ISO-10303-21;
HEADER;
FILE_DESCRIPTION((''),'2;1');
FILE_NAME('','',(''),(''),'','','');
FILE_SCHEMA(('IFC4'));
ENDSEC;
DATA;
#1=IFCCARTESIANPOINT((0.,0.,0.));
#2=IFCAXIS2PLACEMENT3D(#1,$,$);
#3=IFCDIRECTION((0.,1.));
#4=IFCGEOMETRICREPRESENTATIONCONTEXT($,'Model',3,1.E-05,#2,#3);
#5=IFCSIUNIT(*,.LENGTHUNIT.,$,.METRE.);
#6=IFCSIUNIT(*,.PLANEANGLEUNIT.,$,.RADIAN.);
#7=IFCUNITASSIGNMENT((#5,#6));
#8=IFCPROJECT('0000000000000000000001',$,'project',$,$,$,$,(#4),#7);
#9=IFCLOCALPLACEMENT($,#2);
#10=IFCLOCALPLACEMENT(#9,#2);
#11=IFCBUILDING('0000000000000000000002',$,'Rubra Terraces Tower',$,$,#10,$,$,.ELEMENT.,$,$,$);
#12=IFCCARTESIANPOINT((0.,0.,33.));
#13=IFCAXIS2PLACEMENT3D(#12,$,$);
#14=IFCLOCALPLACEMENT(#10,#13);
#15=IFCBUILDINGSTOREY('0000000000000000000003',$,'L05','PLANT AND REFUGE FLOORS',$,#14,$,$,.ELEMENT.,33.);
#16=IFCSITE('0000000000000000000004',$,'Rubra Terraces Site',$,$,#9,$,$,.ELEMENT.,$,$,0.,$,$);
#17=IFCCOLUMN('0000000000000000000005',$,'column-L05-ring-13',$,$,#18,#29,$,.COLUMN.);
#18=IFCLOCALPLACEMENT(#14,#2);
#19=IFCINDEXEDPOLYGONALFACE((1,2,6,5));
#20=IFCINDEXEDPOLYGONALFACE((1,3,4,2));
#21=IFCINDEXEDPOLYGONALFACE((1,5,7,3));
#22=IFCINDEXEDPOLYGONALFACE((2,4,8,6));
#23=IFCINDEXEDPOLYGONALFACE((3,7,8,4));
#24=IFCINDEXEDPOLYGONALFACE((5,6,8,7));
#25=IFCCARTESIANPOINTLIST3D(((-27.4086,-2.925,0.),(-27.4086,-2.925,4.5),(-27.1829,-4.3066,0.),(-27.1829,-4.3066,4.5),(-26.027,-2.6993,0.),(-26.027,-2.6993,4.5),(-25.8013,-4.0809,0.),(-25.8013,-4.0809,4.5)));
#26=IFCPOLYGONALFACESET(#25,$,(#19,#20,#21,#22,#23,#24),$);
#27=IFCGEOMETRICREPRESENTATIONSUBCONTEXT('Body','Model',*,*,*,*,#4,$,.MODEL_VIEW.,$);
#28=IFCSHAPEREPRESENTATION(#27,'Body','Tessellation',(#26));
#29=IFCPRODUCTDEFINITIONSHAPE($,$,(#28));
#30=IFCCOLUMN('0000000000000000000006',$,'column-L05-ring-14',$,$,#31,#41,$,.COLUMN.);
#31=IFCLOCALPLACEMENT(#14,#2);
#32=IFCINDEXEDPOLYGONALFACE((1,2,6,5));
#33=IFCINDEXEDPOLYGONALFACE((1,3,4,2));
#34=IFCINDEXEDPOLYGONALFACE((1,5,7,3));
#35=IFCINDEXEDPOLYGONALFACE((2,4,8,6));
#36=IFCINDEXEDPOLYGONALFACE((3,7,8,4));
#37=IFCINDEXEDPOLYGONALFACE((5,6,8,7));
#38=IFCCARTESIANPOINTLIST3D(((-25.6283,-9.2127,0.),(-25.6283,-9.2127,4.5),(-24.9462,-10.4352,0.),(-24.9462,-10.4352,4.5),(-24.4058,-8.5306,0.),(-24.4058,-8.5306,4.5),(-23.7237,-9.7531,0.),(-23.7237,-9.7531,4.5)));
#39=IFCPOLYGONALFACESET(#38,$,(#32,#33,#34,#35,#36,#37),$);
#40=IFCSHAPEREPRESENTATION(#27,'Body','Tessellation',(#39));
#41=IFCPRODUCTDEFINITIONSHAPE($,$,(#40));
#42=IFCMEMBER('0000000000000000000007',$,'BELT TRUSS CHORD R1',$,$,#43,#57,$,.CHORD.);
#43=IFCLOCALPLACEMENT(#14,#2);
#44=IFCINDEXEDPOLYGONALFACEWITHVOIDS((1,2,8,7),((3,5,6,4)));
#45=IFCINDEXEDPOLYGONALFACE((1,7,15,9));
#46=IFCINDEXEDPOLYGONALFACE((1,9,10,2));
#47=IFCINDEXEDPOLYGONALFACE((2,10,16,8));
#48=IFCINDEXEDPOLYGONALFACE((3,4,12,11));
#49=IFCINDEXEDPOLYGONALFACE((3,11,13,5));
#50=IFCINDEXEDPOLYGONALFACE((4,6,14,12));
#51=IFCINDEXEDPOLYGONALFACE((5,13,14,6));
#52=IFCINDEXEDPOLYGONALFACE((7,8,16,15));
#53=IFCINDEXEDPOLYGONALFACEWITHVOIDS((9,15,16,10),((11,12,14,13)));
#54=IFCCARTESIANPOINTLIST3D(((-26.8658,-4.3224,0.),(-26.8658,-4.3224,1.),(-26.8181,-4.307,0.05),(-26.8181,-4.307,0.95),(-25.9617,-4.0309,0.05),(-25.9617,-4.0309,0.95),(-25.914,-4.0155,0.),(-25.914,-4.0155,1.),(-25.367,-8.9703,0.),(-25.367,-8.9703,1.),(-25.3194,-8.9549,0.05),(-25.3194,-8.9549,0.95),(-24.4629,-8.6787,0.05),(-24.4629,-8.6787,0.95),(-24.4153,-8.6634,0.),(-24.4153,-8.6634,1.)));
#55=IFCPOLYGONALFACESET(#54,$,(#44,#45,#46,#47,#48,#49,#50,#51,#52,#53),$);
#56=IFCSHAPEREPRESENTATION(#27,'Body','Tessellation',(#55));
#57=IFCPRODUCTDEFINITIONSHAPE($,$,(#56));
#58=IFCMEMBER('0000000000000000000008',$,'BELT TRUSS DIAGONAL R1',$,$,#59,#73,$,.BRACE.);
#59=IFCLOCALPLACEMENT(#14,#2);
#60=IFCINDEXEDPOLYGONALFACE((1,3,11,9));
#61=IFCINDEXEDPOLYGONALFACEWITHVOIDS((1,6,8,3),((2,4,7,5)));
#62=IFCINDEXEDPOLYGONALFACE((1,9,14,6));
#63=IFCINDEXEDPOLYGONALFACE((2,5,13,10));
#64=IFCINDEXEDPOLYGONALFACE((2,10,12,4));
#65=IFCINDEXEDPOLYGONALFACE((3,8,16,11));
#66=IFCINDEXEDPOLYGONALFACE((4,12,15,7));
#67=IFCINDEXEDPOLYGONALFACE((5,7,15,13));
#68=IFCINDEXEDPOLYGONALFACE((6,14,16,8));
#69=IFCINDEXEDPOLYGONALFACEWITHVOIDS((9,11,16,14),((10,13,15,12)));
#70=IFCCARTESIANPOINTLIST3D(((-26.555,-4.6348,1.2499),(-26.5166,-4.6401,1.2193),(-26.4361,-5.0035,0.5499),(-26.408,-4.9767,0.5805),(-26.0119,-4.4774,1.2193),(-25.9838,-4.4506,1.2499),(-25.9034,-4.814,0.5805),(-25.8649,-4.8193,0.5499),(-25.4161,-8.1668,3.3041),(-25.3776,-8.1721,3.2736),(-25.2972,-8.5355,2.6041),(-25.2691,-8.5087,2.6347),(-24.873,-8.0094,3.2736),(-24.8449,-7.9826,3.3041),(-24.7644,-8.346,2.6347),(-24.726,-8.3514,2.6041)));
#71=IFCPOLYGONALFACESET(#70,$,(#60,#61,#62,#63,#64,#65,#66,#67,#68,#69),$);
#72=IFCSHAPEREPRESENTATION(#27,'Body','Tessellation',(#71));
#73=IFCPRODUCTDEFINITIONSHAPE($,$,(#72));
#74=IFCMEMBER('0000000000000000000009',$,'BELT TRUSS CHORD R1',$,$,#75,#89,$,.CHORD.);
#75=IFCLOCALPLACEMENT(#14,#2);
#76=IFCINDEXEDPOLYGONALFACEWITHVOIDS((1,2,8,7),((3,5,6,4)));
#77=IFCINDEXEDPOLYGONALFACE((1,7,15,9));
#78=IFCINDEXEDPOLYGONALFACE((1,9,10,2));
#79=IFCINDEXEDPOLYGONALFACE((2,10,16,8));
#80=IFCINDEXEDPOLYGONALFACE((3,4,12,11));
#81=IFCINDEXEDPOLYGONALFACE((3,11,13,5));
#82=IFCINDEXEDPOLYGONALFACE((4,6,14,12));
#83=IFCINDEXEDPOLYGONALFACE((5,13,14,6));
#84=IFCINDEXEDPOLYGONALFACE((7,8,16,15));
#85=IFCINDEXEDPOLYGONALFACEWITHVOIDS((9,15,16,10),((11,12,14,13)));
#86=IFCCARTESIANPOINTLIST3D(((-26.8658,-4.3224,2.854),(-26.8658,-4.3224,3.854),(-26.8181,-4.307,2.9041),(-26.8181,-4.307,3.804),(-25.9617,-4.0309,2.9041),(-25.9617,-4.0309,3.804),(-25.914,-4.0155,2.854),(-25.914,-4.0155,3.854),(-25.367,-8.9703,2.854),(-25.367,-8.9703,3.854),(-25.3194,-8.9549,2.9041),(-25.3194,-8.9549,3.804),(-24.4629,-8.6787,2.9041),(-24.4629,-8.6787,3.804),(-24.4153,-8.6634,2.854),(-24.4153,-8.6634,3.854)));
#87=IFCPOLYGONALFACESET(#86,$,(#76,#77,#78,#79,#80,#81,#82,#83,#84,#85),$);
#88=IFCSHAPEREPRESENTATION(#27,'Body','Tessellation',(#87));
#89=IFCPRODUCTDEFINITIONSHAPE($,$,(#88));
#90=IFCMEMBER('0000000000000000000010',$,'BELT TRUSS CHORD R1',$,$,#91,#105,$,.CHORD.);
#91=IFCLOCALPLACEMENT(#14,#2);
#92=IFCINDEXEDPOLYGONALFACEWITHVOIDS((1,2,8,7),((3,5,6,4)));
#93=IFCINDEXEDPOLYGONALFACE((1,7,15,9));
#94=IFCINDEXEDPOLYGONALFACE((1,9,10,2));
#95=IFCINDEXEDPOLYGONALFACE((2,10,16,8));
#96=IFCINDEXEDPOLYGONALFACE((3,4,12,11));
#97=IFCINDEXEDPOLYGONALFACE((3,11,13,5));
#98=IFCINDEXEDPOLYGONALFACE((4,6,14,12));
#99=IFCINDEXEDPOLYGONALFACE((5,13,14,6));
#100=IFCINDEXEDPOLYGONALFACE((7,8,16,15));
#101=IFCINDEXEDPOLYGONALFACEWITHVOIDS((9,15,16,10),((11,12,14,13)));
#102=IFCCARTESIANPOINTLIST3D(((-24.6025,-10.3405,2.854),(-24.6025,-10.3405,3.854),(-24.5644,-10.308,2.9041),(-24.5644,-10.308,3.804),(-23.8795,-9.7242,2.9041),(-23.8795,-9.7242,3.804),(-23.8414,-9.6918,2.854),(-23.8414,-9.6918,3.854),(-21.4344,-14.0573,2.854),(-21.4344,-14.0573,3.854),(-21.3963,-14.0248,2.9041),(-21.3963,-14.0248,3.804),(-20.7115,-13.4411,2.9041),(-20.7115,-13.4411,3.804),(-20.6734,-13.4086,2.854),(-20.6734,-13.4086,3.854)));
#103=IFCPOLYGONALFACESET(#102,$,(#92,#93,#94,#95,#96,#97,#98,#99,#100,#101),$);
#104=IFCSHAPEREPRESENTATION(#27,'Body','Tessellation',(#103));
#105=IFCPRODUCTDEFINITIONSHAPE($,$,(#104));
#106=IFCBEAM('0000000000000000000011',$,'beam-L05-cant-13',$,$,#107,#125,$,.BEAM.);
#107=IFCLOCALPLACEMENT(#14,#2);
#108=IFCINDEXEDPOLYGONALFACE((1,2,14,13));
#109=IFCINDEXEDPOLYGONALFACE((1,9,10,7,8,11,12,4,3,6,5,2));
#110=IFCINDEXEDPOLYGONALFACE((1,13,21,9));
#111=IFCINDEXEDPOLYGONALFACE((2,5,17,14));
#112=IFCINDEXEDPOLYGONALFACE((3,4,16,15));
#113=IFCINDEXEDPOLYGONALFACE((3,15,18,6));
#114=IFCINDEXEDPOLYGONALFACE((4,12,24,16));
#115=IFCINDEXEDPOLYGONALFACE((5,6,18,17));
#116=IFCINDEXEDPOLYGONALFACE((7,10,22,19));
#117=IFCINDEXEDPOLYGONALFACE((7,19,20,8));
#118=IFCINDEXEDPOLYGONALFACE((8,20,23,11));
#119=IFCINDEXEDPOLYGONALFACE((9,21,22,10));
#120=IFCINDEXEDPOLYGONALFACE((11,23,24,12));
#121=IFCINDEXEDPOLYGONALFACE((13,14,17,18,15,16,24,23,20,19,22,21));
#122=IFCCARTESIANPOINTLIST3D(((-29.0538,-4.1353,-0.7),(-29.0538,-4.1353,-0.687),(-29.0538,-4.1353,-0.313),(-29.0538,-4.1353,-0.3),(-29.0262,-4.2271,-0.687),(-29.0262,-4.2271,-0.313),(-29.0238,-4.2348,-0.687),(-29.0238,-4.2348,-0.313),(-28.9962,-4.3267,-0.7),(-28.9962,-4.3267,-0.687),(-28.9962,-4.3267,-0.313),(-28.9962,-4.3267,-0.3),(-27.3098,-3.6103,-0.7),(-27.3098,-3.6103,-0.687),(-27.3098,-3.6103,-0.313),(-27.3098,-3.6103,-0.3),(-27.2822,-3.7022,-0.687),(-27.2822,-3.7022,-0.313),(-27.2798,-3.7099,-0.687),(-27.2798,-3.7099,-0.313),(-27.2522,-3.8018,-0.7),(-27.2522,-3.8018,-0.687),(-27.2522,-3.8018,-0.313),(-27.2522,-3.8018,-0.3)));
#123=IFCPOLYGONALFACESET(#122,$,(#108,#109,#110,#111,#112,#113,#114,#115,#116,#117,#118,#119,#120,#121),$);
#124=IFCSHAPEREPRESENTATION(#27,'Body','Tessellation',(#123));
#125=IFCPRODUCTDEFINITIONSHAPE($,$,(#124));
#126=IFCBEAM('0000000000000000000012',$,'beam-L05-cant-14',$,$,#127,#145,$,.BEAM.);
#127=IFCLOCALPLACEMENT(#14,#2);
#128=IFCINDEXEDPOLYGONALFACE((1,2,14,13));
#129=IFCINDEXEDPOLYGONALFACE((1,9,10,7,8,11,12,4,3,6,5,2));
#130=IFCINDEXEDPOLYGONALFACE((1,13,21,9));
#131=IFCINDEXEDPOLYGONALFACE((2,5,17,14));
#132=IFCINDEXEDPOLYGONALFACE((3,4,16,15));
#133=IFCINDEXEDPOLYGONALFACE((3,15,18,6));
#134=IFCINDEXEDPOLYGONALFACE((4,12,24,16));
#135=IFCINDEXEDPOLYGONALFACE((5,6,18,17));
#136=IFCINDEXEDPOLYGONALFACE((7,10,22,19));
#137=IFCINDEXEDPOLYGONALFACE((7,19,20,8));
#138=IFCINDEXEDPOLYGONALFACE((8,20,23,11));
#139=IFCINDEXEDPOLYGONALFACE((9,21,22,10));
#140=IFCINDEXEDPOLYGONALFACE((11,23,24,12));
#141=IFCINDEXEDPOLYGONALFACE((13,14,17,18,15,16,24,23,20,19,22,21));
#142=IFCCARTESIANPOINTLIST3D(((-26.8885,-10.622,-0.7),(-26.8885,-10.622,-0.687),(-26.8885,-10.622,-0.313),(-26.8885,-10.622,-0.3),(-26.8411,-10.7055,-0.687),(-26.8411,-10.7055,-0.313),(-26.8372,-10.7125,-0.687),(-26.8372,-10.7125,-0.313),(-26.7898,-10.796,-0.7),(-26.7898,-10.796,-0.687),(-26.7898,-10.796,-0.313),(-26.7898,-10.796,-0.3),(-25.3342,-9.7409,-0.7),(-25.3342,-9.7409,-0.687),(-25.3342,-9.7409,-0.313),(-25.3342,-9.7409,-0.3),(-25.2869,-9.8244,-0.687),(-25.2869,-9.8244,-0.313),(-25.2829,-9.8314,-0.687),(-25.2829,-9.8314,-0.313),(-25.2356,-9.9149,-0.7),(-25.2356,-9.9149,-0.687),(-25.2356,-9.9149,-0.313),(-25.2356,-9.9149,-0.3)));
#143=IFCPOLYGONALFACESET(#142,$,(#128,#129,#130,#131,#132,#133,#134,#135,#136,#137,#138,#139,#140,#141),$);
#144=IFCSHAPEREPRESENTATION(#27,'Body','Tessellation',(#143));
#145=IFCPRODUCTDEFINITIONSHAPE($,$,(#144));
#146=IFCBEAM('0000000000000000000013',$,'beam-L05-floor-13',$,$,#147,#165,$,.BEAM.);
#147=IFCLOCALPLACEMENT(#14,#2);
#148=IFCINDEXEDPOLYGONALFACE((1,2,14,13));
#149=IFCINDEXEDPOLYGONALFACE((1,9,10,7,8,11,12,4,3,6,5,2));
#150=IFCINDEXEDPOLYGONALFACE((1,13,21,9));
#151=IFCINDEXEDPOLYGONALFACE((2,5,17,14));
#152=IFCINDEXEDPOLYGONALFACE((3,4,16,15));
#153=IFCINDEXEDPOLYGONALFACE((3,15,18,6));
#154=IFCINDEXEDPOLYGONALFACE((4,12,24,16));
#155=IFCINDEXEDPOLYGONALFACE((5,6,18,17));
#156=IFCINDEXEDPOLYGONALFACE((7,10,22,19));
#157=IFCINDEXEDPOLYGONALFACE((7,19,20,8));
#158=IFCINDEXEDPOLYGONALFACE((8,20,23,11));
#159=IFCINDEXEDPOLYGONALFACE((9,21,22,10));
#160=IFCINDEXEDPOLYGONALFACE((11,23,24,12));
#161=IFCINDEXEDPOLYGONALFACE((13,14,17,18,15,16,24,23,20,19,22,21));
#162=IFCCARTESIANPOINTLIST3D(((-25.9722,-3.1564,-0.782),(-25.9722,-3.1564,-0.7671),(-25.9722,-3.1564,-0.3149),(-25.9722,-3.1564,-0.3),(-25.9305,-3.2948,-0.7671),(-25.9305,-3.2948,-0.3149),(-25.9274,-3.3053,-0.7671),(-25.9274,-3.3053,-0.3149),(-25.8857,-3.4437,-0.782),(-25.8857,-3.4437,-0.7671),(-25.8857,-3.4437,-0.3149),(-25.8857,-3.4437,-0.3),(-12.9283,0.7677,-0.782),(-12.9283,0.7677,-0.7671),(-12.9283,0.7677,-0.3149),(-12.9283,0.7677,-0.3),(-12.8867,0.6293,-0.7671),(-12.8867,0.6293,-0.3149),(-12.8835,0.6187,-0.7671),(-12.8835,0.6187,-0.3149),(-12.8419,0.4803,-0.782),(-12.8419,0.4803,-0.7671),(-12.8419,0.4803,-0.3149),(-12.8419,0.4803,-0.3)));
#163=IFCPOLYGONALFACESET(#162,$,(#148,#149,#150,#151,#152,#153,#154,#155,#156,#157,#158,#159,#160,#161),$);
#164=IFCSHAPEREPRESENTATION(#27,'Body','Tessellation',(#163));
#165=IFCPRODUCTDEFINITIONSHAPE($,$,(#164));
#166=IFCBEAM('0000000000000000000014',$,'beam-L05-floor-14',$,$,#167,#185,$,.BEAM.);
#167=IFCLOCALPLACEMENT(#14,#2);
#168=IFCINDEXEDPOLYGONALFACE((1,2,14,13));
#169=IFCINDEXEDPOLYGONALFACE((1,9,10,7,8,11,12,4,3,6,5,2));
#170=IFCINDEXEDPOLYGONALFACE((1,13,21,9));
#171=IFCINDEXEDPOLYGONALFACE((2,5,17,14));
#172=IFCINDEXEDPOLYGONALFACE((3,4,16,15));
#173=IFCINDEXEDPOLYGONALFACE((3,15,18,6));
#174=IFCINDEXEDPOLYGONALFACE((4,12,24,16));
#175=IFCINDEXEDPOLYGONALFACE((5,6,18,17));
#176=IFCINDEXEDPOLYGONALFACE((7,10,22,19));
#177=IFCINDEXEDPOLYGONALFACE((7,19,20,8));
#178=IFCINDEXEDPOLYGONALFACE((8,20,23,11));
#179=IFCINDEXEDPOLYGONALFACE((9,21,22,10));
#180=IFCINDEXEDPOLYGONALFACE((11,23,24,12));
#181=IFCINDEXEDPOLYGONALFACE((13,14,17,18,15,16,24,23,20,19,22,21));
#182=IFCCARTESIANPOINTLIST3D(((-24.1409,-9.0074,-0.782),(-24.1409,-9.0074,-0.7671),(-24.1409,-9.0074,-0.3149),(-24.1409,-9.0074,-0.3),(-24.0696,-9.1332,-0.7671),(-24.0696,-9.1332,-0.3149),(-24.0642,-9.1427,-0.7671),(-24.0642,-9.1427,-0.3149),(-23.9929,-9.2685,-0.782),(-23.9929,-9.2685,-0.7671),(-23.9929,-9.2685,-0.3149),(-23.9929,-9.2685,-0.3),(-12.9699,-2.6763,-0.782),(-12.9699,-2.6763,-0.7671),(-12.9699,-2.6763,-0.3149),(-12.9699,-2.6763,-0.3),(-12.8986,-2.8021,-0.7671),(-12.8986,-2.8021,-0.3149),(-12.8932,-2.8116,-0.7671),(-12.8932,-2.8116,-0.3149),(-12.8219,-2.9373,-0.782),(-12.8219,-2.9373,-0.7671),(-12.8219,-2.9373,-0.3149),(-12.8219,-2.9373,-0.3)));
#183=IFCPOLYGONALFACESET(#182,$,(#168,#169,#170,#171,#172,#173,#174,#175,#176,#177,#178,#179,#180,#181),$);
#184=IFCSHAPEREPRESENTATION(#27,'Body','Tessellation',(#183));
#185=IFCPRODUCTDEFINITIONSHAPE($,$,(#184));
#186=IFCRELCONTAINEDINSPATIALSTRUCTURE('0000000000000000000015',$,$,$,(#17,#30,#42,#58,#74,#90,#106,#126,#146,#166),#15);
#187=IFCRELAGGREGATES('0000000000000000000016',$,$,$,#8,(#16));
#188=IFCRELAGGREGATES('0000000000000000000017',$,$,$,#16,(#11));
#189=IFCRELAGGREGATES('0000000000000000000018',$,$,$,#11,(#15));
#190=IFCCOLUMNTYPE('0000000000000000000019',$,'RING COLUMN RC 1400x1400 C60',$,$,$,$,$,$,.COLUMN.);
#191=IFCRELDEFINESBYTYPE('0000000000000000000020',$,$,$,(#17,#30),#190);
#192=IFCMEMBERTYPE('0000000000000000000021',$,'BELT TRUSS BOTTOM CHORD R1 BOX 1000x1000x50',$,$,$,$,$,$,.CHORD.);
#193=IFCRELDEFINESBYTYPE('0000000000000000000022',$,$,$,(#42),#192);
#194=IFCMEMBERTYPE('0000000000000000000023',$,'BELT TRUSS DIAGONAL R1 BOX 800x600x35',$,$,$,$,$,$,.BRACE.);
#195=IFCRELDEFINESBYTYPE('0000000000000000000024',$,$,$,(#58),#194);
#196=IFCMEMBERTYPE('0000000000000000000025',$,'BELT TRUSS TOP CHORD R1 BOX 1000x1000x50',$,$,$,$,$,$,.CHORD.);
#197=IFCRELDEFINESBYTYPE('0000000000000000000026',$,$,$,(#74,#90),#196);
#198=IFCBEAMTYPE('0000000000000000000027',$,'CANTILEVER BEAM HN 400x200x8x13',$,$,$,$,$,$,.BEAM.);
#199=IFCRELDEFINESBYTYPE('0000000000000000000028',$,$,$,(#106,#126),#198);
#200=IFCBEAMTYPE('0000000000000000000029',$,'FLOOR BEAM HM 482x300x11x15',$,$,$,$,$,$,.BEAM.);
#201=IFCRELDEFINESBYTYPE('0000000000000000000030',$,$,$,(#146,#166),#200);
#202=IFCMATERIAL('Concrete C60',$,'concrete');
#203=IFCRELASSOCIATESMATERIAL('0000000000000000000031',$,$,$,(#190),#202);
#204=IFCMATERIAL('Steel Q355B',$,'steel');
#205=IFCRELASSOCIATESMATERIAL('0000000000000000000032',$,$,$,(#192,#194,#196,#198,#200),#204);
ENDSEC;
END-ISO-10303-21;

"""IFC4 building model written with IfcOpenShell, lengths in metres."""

from ifc_helpers import new_model, si_unit, direction, frame, origin, origin_2d, place, context, subcontext, project, spatial, rectangle, hollow_rectangle, i_section, extrude, material, material_profile, profile_set, type_object, element, save


model = new_model("IFC4")

# Units and contexts
model_context = context("Model", 3, precision=1e-05, world=origin(), true_north=direction((0.0, 1.0)))
body_context = subcontext(model_context, "Body", "Model", "MODEL_VIEW")
ifc_project = project(units=[si_unit("LENGTHUNIT", "METRE"), si_unit("PLANEANGLEUNIT", "RADIAN")], contexts=[model_context])

# Site, building, storey
site_placement = place(None, origin())
site = spatial("IfcSite", under=ifc_project, at=site_placement, Name="Rubra Terraces Site", CompositionType="ELEMENT", RefElevation=0.0)
building_placement = place(site_placement, origin())
building = spatial("IfcBuilding", under=site, at=building_placement, Name="Rubra Terraces Tower", CompositionType="ELEMENT")
storey_placement = place(building_placement, frame((0.0, 0.0, 33.0)))
storey = spatial("IfcBuildingStorey", under=building, at=storey_placement, Name="L05", Description="PLANT AND REFUGE FLOORS", CompositionType="ELEMENT", Elevation=33.0)

# Columns
ifc_material_1 = material(Name="Concrete C60", Category="concrete")
ifc_material_profile_1 = material_profile(ifc_material_1, rectangle(XDim=1.3999, YDim=1.3999, at=origin_2d()), Name="RC 1400x1400")
ifc_profile_set_1 = profile_set([ifc_material_profile_1], Name="Concrete C60")
column_type = type_object("IfcColumnType", Name="RING COLUMN RC 1400x1400 C60", PredefinedType="COLUMN", material=ifc_profile_set_1)
for number, where, z_axis, x_axis, name in (
    (1, (-26.605, -3.5029, 0.0), (0.0, 0.0, 1.0), (0.161234, -0.986916, 0.0), "column-L05-ring-13"),
    (2, (-24.676, -9.4829, 0.0), (0.0, 0.0, 1.0), (0.487227, -0.873276, 0.0), "column-L05-ring-14"),
):
    element("IfcColumn", number, at=place(storey_placement, frame(where, z_axis=z_axis, x_axis=x_axis)), inside=storey, type_object=column_type, Name=name, PredefinedType="COLUMN", context=body_context, shape_type="SweptSolid", body=[
        extrude(rectangle(XDim=1.3999, YDim=1.3999, at=origin_2d()), origin(), (0.0, 0.0, 1.0), 4.5),
    ])

# Members
ifc_material_2 = material(Name="Steel Q355B", Category="steel")
ifc_material_profile_2 = material_profile(ifc_material_2, hollow_rectangle(XDim=1.0, YDim=1.0, WallThickness=0.05, at=origin_2d()), Name="BOX 1000x1000x50")
ifc_profile_set_2 = profile_set([ifc_material_profile_2], Name="Steel Q355B")
member_type_1 = type_object("IfcMemberType", Name="BELT TRUSS BOTTOM CHORD R1 BOX 1000x1000x50", PredefinedType="CHORD", material=ifc_profile_set_2)
member_1_placement = place(storey_placement, frame((-26.3899, -4.1689, 0.5), z_axis=(0.306899, -0.951742, 0.0), x_axis=(0.951742, 0.306899, 0.0)))
element("IfcMember", 3, at=member_1_placement, inside=storey, type_object=member_type_1, Name="BELT TRUSS CHORD R1", PredefinedType="CHORD", context=body_context, shape_type="SweptSolid", body=[
    extrude(hollow_rectangle(XDim=1.0, YDim=1.0, WallThickness=0.05, at=origin_2d()), origin(), (0.0, 0.0, 1.0), 4.8835),
])
ifc_material_profile_3 = material_profile(ifc_material_2, hollow_rectangle(XDim=0.6001, YDim=0.8, WallThickness=0.0349, at=origin_2d()), Name="BOX 800x600x35")
ifc_profile_set_3 = profile_set([ifc_material_profile_3], Name="Steel Q355B")
member_type_2 = type_object("IfcMemberType", Name="BELT TRUSS DIAGONAL R1 BOX 800x600x35", PredefinedType="BRACE", material=ifc_profile_set_3)
member_2_placement = place(storey_placement, frame((-26.21, -4.7271, 0.8999), z_axis=(0.268507, -0.832687, 0.48429), x_axis=(0.951743, 0.306897, 0.0)))
element("IfcMember", 4, at=member_2_placement, inside=storey, type_object=member_type_2, Name="BELT TRUSS DIAGONAL R1", PredefinedType="BRACE", context=body_context, shape_type="SweptSolid", body=[
    extrude(hollow_rectangle(XDim=0.6001, YDim=0.8, WallThickness=0.0349, at=origin_2d()), origin(), (0.0, 0.0, 1.0), 4.2417),
])
ifc_material_profile_4 = material_profile(ifc_material_2, hollow_rectangle(XDim=1.0, YDim=1.0, WallThickness=0.05, at=origin_2d()), Name="BOX 1000x1000x50")
ifc_profile_set_4 = profile_set([ifc_material_profile_4], Name="Steel Q355B")
member_type_3 = type_object("IfcMemberType", Name="BELT TRUSS TOP CHORD R1 BOX 1000x1000x50", PredefinedType="CHORD", material=ifc_profile_set_4)
member_3_placement = place(storey_placement, frame((-26.3899, -4.1689, 3.354), z_axis=(0.306899, -0.951742, 0.0), x_axis=(0.951742, 0.306899, 0.0)))
element("IfcMember", 5, at=member_3_placement, inside=storey, type_object=member_type_3, Name="BELT TRUSS CHORD R1", PredefinedType="CHORD", context=body_context, shape_type="SweptSolid", body=[
    extrude(hollow_rectangle(XDim=1.0, YDim=1.0, WallThickness=0.05, at=origin_2d()), origin(), (0.0, 0.0, 1.0), 4.8835),
])
member_4_placement = place(storey_placement, frame((-24.2219, -10.0161, 3.354), z_axis=(0.648681, -0.76106, 0.0), x_axis=(0.76106, 0.648681, 0.0)))
element("IfcMember", 6, at=member_4_placement, inside=storey, type_object=member_type_3, Name="BELT TRUSS CHORD R1", PredefinedType="CHORD", context=body_context, shape_type="SweptSolid", body=[
    extrude(hollow_rectangle(XDim=1.0, YDim=1.0, WallThickness=0.05, at=origin_2d()), origin(), (0.0, 0.0, 1.0), 4.8838),
])

# Beams
ifc_material_profile_5 = material_profile(ifc_material_2, i_section(OverallWidth=0.2, OverallDepth=0.3999, WebThickness=0.0081, FlangeThickness=0.0129, at=origin_2d()), Name="HN 400x200x8x13")
ifc_profile_set_5 = profile_set([ifc_material_profile_5], Name="Steel Q355B")
beam_type_1 = type_object("IfcBeamType", Name="CANTILEVER BEAM HN 400x200x8x13", PredefinedType="BEAM", material=ifc_profile_set_5)
beam_1_placement = place(storey_placement, frame((-27.281, -3.7061, -0.5), z_axis=(-0.957564, -0.288221, 0.0), x_axis=(0.288221, -0.957564, 0.0)))
element("IfcBeam", 7, at=beam_1_placement, inside=storey, type_object=beam_type_1, Name="beam-L05-cant-13", PredefinedType="BEAM", context=body_context, shape_type="SweptSolid", body=[
    extrude(i_section(OverallWidth=0.2, OverallDepth=0.3999, WebThickness=0.0081, FlangeThickness=0.0129, at=origin_2d()), origin(), (0.0, 0.0, 1.0), 1.8213),
])
beam_2_placement = place(storey_placement, frame((-25.2849, -9.8279, -0.5), z_axis=(-0.869928, -0.493178, 0.0), x_axis=(0.493178, -0.869928, 0.0)))
element("IfcBeam", 8, at=beam_2_placement, inside=storey, type_object=beam_type_1, Name="beam-L05-cant-14", PredefinedType="BEAM", context=body_context, shape_type="SweptSolid", body=[
    extrude(i_section(OverallWidth=0.2, OverallDepth=0.3999, WebThickness=0.0081, FlangeThickness=0.0129, at=origin_2d()), origin(), (0.0, 0.0, 1.0), 1.7866),
])
ifc_material_profile_6 = material_profile(ifc_material_2, i_section(OverallWidth=0.3, OverallDepth=0.4819, WebThickness=0.011, FlangeThickness=0.0149, at=origin_2d()), Name="HM 482x300x11x15")
ifc_profile_set_6 = profile_set([ifc_material_profile_6], Name="Steel Q355B")
beam_type_2 = type_object("IfcBeamType", Name="FLOOR BEAM HM 482x300x11x15", PredefinedType="BEAM", material=ifc_profile_set_6)
beam_3_placement = place(storey_placement, frame((-25.929, -3.3, -0.541), z_axis=(0.957606, 0.288081, 0.0), x_axis=(-0.288081, 0.957606, 0.0)))
element("IfcBeam", 9, at=beam_3_placement, inside=storey, type_object=beam_type_2, Name="beam-L05-floor-13", PredefinedType="BEAM", context=body_context, shape_type="SweptSolid", body=[
    extrude(i_section(OverallWidth=0.3, OverallDepth=0.4819, WebThickness=0.011, FlangeThickness=0.0149, at=origin_2d()), origin(), (0.0, 0.0, 1.0), 13.6213),
])
beam_4_placement = place(storey_placement, frame((-24.0669, -9.1379, -0.541), z_axis=(0.869993, 0.493064, 0.0), x_axis=(-0.493064, 0.869993, 0.0)))
element("IfcBeam", 10, at=beam_4_placement, inside=storey, type_object=beam_type_2, Name="beam-L05-floor-14", PredefinedType="BEAM", context=body_context, shape_type="SweptSolid", body=[
    extrude(i_section(OverallWidth=0.3, OverallDepth=0.4819, WebThickness=0.011, FlangeThickness=0.0149, at=origin_2d()), origin(), (0.0, 0.0, 1.0), 12.8403),
])

save(model, "model.ifc")
